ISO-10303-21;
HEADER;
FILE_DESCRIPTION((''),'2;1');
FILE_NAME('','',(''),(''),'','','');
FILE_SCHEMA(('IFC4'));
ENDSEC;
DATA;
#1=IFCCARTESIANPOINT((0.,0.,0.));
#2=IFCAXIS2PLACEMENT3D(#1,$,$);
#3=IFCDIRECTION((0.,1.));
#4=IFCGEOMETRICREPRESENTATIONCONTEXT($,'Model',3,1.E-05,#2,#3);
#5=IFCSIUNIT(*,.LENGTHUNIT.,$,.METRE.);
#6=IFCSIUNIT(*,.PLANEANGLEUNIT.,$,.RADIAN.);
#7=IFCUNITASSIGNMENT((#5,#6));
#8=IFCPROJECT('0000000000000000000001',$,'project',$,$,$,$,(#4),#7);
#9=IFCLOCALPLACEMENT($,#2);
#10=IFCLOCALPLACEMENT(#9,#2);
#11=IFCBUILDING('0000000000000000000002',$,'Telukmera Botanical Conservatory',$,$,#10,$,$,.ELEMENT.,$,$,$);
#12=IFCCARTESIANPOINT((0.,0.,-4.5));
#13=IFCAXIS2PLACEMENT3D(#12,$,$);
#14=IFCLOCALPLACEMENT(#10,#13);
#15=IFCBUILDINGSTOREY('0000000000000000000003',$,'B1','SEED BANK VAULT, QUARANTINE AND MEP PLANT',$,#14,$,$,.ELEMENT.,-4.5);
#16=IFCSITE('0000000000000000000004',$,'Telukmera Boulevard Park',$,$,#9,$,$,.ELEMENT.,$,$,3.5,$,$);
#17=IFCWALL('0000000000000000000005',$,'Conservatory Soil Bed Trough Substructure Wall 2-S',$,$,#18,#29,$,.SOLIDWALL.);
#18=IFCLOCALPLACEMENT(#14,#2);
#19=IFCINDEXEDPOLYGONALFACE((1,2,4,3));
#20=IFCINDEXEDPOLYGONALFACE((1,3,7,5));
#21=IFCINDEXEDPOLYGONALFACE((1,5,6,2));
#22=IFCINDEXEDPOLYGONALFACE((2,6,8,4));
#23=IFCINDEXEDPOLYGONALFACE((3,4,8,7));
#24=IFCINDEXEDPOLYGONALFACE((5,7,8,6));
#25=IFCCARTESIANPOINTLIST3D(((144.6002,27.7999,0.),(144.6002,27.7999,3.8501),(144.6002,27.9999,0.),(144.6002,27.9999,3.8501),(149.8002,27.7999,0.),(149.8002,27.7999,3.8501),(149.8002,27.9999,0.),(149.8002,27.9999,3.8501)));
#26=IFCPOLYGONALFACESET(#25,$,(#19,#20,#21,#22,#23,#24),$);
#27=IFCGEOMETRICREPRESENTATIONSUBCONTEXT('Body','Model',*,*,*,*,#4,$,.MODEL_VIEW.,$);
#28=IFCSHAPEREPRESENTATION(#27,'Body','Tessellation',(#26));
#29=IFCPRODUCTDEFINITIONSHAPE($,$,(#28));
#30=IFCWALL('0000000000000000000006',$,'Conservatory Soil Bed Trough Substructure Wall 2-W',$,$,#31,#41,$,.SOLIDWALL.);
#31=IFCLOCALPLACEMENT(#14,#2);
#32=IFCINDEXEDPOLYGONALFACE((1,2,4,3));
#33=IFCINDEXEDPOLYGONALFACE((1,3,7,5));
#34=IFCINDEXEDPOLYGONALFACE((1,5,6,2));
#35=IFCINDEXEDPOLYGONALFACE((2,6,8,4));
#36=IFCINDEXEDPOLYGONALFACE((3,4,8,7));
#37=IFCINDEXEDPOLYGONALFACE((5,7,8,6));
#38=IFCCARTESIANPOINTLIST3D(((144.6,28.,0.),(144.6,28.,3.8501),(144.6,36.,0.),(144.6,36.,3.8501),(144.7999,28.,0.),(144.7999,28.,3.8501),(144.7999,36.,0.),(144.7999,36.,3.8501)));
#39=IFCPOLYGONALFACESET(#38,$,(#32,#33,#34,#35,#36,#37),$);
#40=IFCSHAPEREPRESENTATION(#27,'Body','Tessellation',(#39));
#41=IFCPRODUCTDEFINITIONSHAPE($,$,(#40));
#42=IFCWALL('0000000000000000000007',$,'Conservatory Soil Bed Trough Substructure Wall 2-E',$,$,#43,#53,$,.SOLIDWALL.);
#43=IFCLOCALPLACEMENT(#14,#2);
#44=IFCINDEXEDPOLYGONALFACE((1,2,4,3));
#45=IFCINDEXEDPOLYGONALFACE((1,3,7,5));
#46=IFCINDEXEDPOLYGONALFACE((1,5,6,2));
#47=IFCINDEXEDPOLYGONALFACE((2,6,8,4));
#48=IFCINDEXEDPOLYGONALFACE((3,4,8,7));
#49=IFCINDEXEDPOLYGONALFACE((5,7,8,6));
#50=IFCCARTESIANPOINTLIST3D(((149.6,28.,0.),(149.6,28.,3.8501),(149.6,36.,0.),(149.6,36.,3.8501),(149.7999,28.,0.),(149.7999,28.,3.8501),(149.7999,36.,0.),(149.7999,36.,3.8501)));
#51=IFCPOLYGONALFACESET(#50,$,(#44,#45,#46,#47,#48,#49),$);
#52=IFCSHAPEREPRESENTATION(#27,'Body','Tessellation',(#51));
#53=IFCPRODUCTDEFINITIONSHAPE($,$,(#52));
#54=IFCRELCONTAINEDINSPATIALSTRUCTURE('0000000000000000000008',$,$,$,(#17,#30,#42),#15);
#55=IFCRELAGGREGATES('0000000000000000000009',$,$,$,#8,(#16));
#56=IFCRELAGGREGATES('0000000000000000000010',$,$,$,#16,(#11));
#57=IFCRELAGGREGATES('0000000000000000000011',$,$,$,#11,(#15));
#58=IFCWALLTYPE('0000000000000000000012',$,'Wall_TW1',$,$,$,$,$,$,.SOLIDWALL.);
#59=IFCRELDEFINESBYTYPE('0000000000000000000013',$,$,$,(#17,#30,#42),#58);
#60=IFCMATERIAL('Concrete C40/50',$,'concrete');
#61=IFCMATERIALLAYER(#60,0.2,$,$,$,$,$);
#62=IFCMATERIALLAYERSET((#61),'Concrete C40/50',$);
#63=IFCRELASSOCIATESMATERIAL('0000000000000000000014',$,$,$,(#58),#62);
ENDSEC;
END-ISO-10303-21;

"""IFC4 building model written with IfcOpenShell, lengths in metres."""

from ifc_helpers import new_model, si_unit, direction, frame, frame_2d, origin, place, context, subcontext, project, spatial, rectangle, extrude, material, layer, layer_set, type_object, element, save


model = new_model("IFC4")

# Units and contexts
model_context = context("Model", 3, precision=1e-05, world=origin(), true_north=direction((0.0, 1.0)))
body_context = subcontext(model_context, "Body", "Model", "MODEL_VIEW")
ifc_project = project(units=[si_unit("LENGTHUNIT", "METRE"), si_unit("PLANEANGLEUNIT", "RADIAN")], contexts=[model_context])

# Site, building, storey
site_placement = place(None, origin())
site = spatial("IfcSite", under=ifc_project, at=site_placement, Name="Telukmera Boulevard Park", CompositionType="ELEMENT", RefElevation=3.5)
building_placement = place(site_placement, origin())
building = spatial("IfcBuilding", under=site, at=building_placement, Name="Telukmera Botanical Conservatory", CompositionType="ELEMENT")
storey_placement = place(building_placement, frame((0.0, 0.0, -4.5)))
storey = spatial("IfcBuildingStorey", under=building, at=storey_placement, Name="B1", Description="SEED BANK VAULT, QUARANTINE AND MEP PLANT", CompositionType="ELEMENT", Elevation=-4.5)

# Shared definitions
ifc_material_1 = material(Name="Concrete C40/50", Category="concrete")

# Walls
ifc_layer = layer(ifc_material_1, 0.2)
ifc_layer_set = layer_set([ifc_layer], Name="Concrete C40/50")
wall_type = type_object("IfcWallType", Name="Wall_TW1", PredefinedType="SOLIDWALL", material=ifc_layer_set)
wall_1_placement = place(storey_placement, frame((144.6001, 27.8999, 0.0), z_axis=(0.0, 0.0, 1.0), x_axis=(1.0, 0.0, 0.0)))
element("IfcWall", 1, at=wall_1_placement, inside=storey, type_object=wall_type, Name="Conservatory Soil Bed Trough Substructure Wall 2-S", PredefinedType="SOLIDWALL", context=body_context, shape_type="SweptSolid", body=[
    extrude(rectangle(XDim=5.2, YDim=0.2, at=frame_2d((2.6001, 0.0))), origin(), (0.0, 0.0, 1.0), 3.8501),
])
for number, where, z_axis, x_axis, name in (
    (2, (144.7, 28.0, 0.0), (0.0, 0.0, 1.0), (0.0, 1.0, 0.0), "Conservatory Soil Bed Trough Substructure Wall 2-W"),
    (3, (149.7, 28.0, 0.0), (0.0, 0.0, 1.0), (0.0, 1.0, 0.0), "Conservatory Soil Bed Trough Substructure Wall 2-E"),
):
    element("IfcWall", number, at=place(storey_placement, frame(where, z_axis=z_axis, x_axis=x_axis)), inside=storey, type_object=wall_type, Name=name, PredefinedType="SOLIDWALL", context=body_context, shape_type="SweptSolid", body=[
        extrude(rectangle(XDim=8.0, YDim=0.2, at=frame_2d((4.0, 0.0))), origin(), (0.0, 0.0, 1.0), 3.8501),
    ])

save(model, "model.ifc")
